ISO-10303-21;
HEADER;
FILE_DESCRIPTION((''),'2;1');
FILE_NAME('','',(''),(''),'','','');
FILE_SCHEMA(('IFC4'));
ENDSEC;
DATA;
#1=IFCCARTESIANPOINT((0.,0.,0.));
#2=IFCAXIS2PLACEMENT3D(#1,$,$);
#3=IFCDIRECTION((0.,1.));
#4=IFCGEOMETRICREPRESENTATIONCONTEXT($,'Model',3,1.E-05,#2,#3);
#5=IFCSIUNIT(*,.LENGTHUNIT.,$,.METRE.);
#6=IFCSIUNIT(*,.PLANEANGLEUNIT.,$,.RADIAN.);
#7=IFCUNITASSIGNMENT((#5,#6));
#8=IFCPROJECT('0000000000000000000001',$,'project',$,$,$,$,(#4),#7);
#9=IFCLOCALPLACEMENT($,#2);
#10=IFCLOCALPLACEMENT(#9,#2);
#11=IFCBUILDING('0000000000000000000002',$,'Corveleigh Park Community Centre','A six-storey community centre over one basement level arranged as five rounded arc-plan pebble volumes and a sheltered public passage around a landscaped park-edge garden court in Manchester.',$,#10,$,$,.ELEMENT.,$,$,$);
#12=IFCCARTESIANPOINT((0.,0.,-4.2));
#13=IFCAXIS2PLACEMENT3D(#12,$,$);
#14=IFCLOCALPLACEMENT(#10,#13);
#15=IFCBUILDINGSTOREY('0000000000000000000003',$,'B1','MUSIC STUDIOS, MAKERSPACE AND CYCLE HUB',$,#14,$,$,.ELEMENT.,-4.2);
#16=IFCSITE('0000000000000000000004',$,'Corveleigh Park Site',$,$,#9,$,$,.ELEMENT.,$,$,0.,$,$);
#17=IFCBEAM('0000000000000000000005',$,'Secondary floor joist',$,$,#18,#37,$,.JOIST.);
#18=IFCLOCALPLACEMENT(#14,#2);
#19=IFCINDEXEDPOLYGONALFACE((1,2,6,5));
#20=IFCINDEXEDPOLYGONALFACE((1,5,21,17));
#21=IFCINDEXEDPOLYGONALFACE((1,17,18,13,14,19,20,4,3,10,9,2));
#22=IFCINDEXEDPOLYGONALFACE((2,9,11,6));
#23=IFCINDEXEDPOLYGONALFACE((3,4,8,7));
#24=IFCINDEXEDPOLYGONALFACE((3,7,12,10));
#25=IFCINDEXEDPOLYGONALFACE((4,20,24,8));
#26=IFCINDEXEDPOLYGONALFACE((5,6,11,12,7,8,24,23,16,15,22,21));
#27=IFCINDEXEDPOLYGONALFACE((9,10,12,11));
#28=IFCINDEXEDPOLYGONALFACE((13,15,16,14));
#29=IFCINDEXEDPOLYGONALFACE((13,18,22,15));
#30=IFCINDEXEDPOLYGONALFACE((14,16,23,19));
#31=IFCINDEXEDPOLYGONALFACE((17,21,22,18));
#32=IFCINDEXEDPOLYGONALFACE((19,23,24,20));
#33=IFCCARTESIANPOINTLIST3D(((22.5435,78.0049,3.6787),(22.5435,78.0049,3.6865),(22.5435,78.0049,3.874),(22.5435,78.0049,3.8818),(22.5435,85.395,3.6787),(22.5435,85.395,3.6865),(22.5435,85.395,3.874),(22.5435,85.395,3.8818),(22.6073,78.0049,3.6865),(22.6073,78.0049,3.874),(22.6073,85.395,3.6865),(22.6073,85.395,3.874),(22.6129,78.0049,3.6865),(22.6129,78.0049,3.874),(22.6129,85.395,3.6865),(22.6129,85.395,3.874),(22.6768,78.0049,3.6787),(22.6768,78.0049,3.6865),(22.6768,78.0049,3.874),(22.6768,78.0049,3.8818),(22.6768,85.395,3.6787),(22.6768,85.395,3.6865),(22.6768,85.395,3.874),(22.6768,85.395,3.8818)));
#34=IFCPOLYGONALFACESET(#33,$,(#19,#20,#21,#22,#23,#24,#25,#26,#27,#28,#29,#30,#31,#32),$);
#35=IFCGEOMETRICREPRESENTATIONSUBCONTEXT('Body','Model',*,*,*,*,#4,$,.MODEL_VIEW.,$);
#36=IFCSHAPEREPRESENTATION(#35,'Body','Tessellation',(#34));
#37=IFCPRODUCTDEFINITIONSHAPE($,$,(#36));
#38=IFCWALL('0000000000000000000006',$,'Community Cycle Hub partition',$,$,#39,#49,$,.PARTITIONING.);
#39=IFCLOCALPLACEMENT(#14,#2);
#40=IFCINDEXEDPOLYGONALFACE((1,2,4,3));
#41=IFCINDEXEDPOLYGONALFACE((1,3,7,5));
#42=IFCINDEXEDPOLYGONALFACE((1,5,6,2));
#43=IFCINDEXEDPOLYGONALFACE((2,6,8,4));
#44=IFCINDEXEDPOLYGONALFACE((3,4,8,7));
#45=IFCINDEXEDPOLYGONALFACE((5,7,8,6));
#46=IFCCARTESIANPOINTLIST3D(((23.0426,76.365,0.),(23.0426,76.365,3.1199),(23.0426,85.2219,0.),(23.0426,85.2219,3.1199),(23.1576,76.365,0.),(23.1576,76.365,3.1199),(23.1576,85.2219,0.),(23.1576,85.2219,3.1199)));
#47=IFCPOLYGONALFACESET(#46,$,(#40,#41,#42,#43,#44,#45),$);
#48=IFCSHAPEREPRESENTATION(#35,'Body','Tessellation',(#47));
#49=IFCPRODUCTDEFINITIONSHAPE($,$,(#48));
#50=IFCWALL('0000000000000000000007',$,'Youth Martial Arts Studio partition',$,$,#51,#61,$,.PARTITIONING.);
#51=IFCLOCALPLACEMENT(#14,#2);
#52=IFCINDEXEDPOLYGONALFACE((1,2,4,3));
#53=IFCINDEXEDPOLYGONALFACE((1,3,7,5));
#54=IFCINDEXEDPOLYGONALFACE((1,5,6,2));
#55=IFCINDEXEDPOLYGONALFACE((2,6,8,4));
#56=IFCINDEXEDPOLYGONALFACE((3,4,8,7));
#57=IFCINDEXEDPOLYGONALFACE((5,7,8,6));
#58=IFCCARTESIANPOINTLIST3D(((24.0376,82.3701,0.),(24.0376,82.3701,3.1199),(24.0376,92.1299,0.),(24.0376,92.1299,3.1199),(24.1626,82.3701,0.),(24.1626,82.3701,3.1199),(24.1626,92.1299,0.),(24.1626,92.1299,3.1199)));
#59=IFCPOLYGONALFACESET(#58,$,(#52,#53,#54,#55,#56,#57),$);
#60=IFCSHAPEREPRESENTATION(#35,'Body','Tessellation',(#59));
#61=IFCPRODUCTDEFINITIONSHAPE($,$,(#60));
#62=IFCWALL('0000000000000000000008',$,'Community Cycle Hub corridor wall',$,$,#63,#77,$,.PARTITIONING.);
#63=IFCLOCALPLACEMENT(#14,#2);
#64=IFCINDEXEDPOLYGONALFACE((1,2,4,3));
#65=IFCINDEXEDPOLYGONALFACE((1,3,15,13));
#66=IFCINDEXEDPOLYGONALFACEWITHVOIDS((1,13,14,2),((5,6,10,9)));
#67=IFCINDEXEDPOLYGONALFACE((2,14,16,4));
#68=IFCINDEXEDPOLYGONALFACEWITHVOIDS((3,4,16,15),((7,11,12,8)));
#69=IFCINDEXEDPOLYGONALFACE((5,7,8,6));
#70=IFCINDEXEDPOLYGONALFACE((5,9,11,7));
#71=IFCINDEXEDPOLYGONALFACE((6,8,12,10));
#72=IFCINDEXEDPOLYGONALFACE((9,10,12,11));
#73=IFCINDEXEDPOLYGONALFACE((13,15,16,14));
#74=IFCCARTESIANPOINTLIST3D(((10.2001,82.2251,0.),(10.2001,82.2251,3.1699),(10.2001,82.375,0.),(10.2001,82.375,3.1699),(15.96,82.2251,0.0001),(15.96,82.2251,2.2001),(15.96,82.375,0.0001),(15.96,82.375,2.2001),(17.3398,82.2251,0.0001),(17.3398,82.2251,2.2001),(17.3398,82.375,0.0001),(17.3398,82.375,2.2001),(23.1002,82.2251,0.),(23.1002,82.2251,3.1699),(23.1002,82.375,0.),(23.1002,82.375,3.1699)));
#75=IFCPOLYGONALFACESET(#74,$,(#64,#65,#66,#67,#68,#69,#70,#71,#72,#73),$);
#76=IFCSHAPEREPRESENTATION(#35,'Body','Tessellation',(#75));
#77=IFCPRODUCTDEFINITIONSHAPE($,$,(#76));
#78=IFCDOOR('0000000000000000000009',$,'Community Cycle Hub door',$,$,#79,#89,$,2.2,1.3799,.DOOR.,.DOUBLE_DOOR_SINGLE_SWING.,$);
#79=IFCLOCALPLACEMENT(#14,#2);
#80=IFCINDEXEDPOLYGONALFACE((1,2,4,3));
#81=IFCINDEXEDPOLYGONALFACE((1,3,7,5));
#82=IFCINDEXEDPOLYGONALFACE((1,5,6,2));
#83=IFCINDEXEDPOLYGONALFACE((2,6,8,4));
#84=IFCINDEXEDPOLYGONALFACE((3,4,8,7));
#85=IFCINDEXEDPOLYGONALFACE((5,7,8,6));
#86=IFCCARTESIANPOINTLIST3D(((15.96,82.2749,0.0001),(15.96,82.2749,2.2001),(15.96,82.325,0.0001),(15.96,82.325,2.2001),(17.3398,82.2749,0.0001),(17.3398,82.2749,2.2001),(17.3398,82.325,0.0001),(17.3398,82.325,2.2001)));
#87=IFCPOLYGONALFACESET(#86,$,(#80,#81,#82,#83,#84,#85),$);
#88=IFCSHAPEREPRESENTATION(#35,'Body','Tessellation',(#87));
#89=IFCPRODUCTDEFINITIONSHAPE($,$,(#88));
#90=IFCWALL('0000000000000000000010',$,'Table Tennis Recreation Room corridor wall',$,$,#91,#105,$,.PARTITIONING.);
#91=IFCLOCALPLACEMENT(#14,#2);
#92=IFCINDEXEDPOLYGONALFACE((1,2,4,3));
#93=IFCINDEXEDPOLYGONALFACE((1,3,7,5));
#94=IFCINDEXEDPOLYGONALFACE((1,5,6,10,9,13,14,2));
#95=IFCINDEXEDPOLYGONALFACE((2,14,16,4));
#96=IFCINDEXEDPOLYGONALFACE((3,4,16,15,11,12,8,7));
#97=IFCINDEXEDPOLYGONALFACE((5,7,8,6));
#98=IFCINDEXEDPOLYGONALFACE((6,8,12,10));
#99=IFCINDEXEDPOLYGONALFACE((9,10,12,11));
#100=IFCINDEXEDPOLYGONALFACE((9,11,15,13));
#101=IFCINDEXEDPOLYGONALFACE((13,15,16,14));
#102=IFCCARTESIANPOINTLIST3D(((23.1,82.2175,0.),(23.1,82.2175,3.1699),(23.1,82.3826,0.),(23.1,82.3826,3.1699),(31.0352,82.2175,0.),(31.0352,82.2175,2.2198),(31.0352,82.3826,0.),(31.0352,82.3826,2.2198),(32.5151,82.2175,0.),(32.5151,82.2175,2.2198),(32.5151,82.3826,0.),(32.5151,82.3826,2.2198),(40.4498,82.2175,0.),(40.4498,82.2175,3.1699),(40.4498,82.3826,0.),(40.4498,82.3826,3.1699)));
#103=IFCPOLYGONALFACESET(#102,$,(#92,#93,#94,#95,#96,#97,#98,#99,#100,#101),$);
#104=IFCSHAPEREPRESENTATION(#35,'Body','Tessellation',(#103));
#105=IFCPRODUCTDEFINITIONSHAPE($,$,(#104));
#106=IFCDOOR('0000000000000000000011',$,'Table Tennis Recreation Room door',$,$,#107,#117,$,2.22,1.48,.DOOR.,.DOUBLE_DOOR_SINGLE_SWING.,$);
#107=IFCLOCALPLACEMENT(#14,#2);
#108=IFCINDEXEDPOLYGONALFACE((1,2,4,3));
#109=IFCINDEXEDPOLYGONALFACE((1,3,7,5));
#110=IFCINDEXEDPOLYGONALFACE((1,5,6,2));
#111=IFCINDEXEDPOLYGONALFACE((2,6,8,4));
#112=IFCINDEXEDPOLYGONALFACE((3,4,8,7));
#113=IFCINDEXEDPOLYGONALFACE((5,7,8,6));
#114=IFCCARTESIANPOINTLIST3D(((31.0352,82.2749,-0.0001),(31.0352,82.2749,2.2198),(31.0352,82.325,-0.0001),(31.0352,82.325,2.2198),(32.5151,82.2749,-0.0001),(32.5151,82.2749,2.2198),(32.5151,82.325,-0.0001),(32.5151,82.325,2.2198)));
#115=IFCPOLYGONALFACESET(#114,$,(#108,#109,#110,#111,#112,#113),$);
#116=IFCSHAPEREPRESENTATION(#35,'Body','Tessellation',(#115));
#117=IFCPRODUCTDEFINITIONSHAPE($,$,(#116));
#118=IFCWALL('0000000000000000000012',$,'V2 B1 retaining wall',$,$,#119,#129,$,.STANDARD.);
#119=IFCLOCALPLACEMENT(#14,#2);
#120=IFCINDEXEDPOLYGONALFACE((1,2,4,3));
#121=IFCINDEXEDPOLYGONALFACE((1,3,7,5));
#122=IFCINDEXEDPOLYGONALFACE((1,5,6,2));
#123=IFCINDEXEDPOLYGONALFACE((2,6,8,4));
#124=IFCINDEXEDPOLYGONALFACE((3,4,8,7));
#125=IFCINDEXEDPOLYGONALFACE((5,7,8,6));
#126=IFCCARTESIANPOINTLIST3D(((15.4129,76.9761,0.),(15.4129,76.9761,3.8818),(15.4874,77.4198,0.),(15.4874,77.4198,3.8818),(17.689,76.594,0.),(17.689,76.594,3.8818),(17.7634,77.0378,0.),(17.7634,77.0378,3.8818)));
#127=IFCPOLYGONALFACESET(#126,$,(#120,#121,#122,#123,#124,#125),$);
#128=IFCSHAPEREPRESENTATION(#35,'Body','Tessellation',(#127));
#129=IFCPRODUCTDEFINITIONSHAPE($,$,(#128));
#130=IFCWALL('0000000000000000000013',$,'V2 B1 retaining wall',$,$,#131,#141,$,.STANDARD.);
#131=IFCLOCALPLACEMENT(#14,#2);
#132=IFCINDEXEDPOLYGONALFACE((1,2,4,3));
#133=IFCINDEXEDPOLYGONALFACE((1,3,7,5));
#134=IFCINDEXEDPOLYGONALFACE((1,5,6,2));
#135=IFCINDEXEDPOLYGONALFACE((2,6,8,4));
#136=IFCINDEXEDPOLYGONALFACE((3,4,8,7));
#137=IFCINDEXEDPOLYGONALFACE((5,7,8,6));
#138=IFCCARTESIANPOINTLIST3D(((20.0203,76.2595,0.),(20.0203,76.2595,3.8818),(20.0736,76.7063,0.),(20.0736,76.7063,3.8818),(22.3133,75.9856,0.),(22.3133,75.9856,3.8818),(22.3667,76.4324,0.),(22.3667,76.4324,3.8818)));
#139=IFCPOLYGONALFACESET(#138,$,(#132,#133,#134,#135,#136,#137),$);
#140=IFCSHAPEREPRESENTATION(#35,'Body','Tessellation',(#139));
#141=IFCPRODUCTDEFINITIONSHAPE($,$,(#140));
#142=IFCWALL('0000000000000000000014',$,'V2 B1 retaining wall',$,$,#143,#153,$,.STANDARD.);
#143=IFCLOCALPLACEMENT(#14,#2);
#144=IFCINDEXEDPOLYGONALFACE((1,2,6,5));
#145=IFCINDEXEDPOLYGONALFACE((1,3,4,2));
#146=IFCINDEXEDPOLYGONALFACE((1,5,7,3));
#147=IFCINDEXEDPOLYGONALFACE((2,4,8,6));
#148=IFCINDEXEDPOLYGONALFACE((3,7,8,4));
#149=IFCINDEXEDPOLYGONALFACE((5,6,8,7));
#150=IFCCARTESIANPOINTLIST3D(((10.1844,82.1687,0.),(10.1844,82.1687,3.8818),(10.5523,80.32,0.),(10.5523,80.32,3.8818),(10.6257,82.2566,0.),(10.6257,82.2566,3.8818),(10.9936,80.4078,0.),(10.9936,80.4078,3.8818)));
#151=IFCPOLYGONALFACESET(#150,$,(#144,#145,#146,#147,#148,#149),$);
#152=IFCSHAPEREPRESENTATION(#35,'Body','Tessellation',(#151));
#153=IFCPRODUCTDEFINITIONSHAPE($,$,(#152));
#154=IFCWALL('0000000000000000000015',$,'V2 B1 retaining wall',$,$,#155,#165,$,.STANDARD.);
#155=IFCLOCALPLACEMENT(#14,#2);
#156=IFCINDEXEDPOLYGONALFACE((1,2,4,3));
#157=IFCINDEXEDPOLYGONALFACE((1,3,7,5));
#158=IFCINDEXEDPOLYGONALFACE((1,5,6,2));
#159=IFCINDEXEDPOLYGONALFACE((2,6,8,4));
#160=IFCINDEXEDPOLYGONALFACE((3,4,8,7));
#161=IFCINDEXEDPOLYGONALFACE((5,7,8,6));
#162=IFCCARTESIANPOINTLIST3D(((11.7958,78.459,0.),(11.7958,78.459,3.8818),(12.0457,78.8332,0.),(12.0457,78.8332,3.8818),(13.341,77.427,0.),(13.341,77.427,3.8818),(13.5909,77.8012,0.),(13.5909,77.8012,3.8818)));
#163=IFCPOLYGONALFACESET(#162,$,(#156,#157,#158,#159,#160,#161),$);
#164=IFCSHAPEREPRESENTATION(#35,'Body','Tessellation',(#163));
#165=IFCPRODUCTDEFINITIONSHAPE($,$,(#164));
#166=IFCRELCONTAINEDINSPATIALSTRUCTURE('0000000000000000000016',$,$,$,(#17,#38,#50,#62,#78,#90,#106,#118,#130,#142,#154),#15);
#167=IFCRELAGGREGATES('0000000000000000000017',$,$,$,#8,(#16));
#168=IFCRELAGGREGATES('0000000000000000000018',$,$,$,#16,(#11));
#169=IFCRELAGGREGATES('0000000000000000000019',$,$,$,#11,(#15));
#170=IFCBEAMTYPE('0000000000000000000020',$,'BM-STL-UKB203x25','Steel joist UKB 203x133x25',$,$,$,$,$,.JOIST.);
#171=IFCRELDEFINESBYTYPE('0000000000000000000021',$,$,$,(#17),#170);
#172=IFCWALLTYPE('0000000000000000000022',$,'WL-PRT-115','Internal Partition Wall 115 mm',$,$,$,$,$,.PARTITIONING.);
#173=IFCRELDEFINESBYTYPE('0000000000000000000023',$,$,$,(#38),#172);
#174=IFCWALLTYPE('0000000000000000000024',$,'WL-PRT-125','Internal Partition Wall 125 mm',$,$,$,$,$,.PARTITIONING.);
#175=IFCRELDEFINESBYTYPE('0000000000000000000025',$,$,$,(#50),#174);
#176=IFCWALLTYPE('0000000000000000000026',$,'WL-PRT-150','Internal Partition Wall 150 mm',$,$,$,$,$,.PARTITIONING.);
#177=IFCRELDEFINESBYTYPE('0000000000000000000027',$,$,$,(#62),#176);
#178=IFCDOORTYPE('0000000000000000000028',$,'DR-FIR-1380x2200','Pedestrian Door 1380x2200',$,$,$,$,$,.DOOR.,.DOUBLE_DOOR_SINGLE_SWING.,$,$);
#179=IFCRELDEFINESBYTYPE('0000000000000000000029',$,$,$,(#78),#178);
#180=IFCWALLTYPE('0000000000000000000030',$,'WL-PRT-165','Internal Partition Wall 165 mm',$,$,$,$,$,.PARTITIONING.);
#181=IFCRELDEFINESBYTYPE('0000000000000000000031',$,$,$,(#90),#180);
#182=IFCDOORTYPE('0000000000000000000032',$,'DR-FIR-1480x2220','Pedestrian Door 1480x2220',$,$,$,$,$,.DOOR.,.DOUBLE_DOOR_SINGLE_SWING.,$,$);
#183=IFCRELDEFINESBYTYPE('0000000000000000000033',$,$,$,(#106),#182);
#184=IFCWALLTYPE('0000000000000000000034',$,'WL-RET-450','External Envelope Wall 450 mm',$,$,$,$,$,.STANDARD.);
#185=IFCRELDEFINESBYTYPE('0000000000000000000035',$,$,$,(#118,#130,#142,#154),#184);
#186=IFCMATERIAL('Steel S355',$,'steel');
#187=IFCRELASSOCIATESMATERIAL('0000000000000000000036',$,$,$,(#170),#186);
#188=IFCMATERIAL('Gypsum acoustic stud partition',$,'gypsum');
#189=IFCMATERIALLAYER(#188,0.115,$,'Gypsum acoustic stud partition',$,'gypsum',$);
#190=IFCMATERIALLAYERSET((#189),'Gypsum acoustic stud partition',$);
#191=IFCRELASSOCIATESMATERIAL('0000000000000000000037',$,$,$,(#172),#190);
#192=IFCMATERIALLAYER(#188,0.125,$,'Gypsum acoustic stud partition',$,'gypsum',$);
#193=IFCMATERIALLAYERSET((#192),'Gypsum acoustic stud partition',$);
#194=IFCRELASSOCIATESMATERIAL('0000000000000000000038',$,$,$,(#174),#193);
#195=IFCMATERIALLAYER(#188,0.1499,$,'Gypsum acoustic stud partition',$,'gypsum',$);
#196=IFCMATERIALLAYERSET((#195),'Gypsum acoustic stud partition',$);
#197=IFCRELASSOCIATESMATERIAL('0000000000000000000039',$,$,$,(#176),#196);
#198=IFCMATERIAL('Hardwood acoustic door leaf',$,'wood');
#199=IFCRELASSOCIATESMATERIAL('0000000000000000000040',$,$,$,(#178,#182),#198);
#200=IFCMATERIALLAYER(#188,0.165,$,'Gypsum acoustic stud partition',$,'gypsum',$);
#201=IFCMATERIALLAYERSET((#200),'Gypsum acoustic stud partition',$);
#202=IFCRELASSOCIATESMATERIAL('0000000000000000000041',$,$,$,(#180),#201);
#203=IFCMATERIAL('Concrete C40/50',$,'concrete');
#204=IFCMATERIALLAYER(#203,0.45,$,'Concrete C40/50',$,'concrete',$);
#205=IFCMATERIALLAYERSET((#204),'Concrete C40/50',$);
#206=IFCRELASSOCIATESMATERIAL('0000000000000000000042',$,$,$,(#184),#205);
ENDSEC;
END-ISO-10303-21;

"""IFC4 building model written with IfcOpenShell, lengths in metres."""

from ifc_helpers import new_model, si_unit, direction, frame, frame_2d, origin, origin_2d, place, context, subcontext, project, spatial, rectangle, i_section, extrude, material, layer, layer_set, material_profile, profile_set, type_object, element, fill, save


model = new_model("IFC4")

# Units and contexts
model_context = context("Model", 3, precision=1e-05, world=origin(), true_north=direction((0.0, 1.0)))
body_context = subcontext(model_context, "Body", "Model", "MODEL_VIEW")
ifc_project = project(units=[si_unit("LENGTHUNIT", "METRE"), si_unit("PLANEANGLEUNIT", "RADIAN")], contexts=[model_context])

# Site, building, storey
site_placement = place(None, origin())
site = spatial("IfcSite", under=ifc_project, at=site_placement, Name="Corveleigh Park Site", CompositionType="ELEMENT", RefElevation=0.0)
building_placement = place(site_placement, origin())
building = spatial("IfcBuilding", under=site, at=building_placement, Name="Corveleigh Park Community Centre", Description="A six-storey community centre over one basement level arranged as five rounded arc-plan pebble volumes and a sheltered public passage around a landscaped park-edge garden court in Manchester.", CompositionType="ELEMENT")
storey_placement = place(building_placement, frame((0.0, 0.0, -4.2)))
storey = spatial("IfcBuildingStorey", under=building, at=storey_placement, Name="B1", Description="MUSIC STUDIOS, MAKERSPACE AND CYCLE HUB", CompositionType="ELEMENT", Elevation=-4.2)

# Shared definitions
ifc_material_1 = material(Name="Concrete C40/50", Category="concrete")

# Shared definitions
ifc_material_2 = material(Name="Steel S355", Category="steel")

# Beam
ifc_material_profile_1 = material_profile(ifc_material_2, i_section(OverallWidth=0.1333, OverallDepth=0.2031, WebThickness=0.0056, FlangeThickness=0.0078, at=origin_2d()), Name="UKB 203x133x25", Category="steel")
ifc_profile_set_1 = profile_set([ifc_material_profile_1], Name="Steel S355")
beam_type_1 = type_object("IfcBeamType", Name="BM-STL-UKB203x25", Description="Steel joist UKB 203x133x25", PredefinedType="JOIST", material=ifc_profile_set_1)
for number, where, z_axis, x_axis, name in (
    (1, (22.6101, 78.0049, 3.7803), (0.0, 1.0, 0.0), (-1.0, 0.0, 0.0), "Secondary floor joist"),
):
    element("IfcBeam", number, at=place(storey_placement, frame(where, z_axis=z_axis, x_axis=x_axis)), inside=storey, type_object=beam_type_1, Name=name, PredefinedType="JOIST", context=body_context, shape_type="SweptSolid", body=[
        extrude(i_section(OverallWidth=0.1333, OverallDepth=0.2031, WebThickness=0.0056, FlangeThickness=0.0078, at=origin_2d()), origin(), (0.0, 0.0, 1.0), 7.3901),
    ])

# Walls
ifc_material_3 = material(Name="Gypsum acoustic stud partition", Category="gypsum")
ifc_layer_1 = layer(ifc_material_3, 0.115, Name="Gypsum acoustic stud partition", Category="gypsum")
ifc_layer_set_1 = layer_set([ifc_layer_1], Name="Gypsum acoustic stud partition")
wall_type_1 = type_object("IfcWallType", Name="WL-PRT-115", Description="Internal Partition Wall 115 mm", PredefinedType="PARTITIONING", material=ifc_layer_set_1)
wall_1_placement = place(storey_placement, frame((23.1001, 76.365, 0.0), z_axis=(0.0, 0.0, 1.0), x_axis=(0.0, 1.0, 0.0)))
element("IfcWall", 2, at=wall_1_placement, inside=storey, type_object=wall_type_1, Name="Community Cycle Hub partition", PredefinedType="PARTITIONING", context=body_context, shape_type="SweptSolid", body=[
    extrude(rectangle(XDim=8.8569, YDim=0.115, at=frame_2d((4.4285, 0.0))), origin(), (0.0, 0.0, 1.0), 3.1199),
])
ifc_layer_2 = layer(ifc_material_3, 0.125, Name="Gypsum acoustic stud partition", Category="gypsum")
ifc_layer_set_2 = layer_set([ifc_layer_2], Name="Gypsum acoustic stud partition")
wall_type_2 = type_object("IfcWallType", Name="WL-PRT-125", Description="Internal Partition Wall 125 mm", PredefinedType="PARTITIONING", material=ifc_layer_set_2)
wall_2_placement = place(storey_placement, frame((24.1001, 82.3701, 0.0), z_axis=(0.0, 0.0, 1.0), x_axis=(0.0, 1.0, 0.0)))
element("IfcWall", 3, at=wall_2_placement, inside=storey, type_object=wall_type_2, Name="Youth Martial Arts Studio partition", PredefinedType="PARTITIONING", context=body_context, shape_type="SweptSolid", body=[
    extrude(rectangle(XDim=9.7598, YDim=0.125, at=frame_2d((4.8799, 0.0))), origin(), (0.0, 0.0, 1.0), 3.1199),
])

# Walls, openings, doors
ifc_layer_3 = layer(ifc_material_3, 0.1499, Name="Gypsum acoustic stud partition", Category="gypsum")
ifc_layer_set_3 = layer_set([ifc_layer_3], Name="Gypsum acoustic stud partition")
wall_type_3 = type_object("IfcWallType", Name="WL-PRT-150", Description="Internal Partition Wall 150 mm", PredefinedType="PARTITIONING", material=ifc_layer_set_3)
wall_3_placement = place(storey_placement, frame((10.2, 82.3, 0.0), z_axis=(0.0, 0.0, 1.0), x_axis=(1.0, 0.0, 0.0)))
wall_3 = element("IfcWall", 4, at=wall_3_placement, inside=storey, type_object=wall_type_3, Name="Community Cycle Hub corridor wall", PredefinedType="PARTITIONING", context=body_context, shape_type="SweptSolid", body=[
    extrude(rectangle(XDim=12.9001, YDim=0.1499, at=frame_2d((6.4502, 0.0))), origin(), (0.0, 0.0, 1.0), 3.1699),
])
opening_1_placement = place(wall_3_placement, frame((5.76, 0.0, 0.0)))
opening_1 = element("IfcOpeningElement", 5, at=opening_1_placement, cuts=wall_3, PredefinedType="OPENING", context=body_context, shape_type="SweptSolid", body=[
    extrude(rectangle(XDim=1.3799, YDim=2.2, at=frame_2d((0.6899, 1.1001))), frame((0.0, 0.085, 0.0), z_axis=(0.0, -1.0, 0.0), x_axis=(1.0, 0.0, 0.0)), (0.0, 0.0, 1.0), 0.1699),
])
ifc_material_4 = material(Name="Hardwood acoustic door leaf", Category="wood")
door_type_1 = type_object("IfcDoorType", Name="DR-FIR-1380x2200", Description="Pedestrian Door 1380x2200", OperationType="DOUBLE_DOOR_SINGLE_SWING", PredefinedType="DOOR", material=ifc_material_4)
door_1_placement = place(opening_1_placement, origin())
door_1 = element("IfcDoor", 6, at=door_1_placement, inside=storey, type_object=door_type_1, Name="Community Cycle Hub door", OperationType="DOUBLE_DOOR_SINGLE_SWING", OverallHeight=2.2, OverallWidth=1.3799, PredefinedType="DOOR", context=body_context, shape_type="SweptSolid", body=[
    extrude(rectangle(XDim=1.3799, YDim=2.2, at=frame_2d((0.6899, 1.1001))), frame((0.0, 0.0249, 0.0), z_axis=(0.0, -1.0, 0.0), x_axis=(1.0, 0.0, 0.0)), (0.0, 0.0, 1.0), 0.05),
])
fill(opening_1, door_1)
ifc_layer_4 = layer(ifc_material_3, 0.165, Name="Gypsum acoustic stud partition", Category="gypsum")
ifc_layer_set_4 = layer_set([ifc_layer_4], Name="Gypsum acoustic stud partition")
wall_type_4 = type_object("IfcWallType", Name="WL-PRT-165", Description="Internal Partition Wall 165 mm", PredefinedType="PARTITIONING", material=ifc_layer_set_4)
wall_4_placement = place(storey_placement, frame((23.1001, 82.3, 0.0), z_axis=(0.0, 0.0, 1.0), x_axis=(1.0, 0.0, 0.0)))
wall_4 = element("IfcWall", 7, at=wall_4_placement, inside=storey, type_object=wall_type_4, Name="Table Tennis Recreation Room corridor wall", PredefinedType="PARTITIONING", context=body_context, shape_type="SweptSolid", body=[
    extrude(rectangle(XDim=17.3499, YDim=0.165, at=frame_2d((8.6748, 0.0))), origin(), (0.0, 0.0, 1.0), 3.1699),
])
opening_2_placement = place(wall_4_placement, frame((7.9351, 0.0, 0.0)))
opening_2 = element("IfcOpeningElement", 8, at=opening_2_placement, cuts=wall_4, PredefinedType="OPENING", context=body_context, shape_type="SweptSolid", body=[
    extrude(rectangle(XDim=1.48, YDim=2.22, at=frame_2d((0.74, 1.1099))), frame((0.0, 0.0925, 0.0), z_axis=(0.0, -1.0, 0.0), x_axis=(1.0, 0.0, 0.0)), (0.0, 0.0, 1.0), 0.1851),
])
door_type_2 = type_object("IfcDoorType", Name="DR-FIR-1480x2220", Description="Pedestrian Door 1480x2220", OperationType="DOUBLE_DOOR_SINGLE_SWING", PredefinedType="DOOR", material=ifc_material_4)
door_2_placement = place(opening_2_placement, origin())
door_2 = element("IfcDoor", 9, at=door_2_placement, inside=storey, type_object=door_type_2, Name="Table Tennis Recreation Room door", OperationType="DOUBLE_DOOR_SINGLE_SWING", OverallHeight=2.22, OverallWidth=1.48, PredefinedType="DOOR", context=body_context, shape_type="SweptSolid", body=[
    extrude(rectangle(XDim=1.48, YDim=2.22, at=frame_2d((0.74, 1.1099))), frame((0.0, 0.0249, 0.0), z_axis=(0.0, -1.0, 0.0), x_axis=(1.0, 0.0, 0.0)), (0.0, 0.0, 1.0), 0.05),
])
fill(opening_2, door_2)

# Walls
ifc_layer_5 = layer(ifc_material_1, 0.45, Name="Concrete C40/50", Category="concrete")
ifc_layer_set_5 = layer_set([ifc_layer_5], Name="Concrete C40/50")
wall_type_5 = type_object("IfcWallType", Name="WL-RET-450", Description="External Envelope Wall 450 mm", PredefinedType="STANDARD", material=ifc_layer_set_5)
wall_5_placement = place(storey_placement, frame((17.7261, 76.8159, 0.0), z_axis=(0.0, 0.0, 1.0), x_axis=(-0.986202, 0.165548, 0.0)))
element("IfcWall", 10, at=wall_5_placement, inside=storey, type_object=wall_type_5, Name="V2 B1 retaining wall", PredefinedType="STANDARD", context=body_context, shape_type="SweptSolid", body=[
    extrude(rectangle(XDim=2.3079, YDim=0.45, at=frame_2d((1.1538, 0.0))), origin(), (0.0, 0.0, 1.0), 3.8818),
])
wall_6_placement = place(storey_placement, frame((22.3401, 76.209, 0.0), z_axis=(0.0, 0.0, 1.0), x_axis=(-0.99294, 0.11862, 0.0)))
element("IfcWall", 11, at=wall_6_placement, inside=storey, type_object=wall_type_5, Name="V2 B1 retaining wall", PredefinedType="STANDARD", context=body_context, shape_type="SweptSolid", body=[
    extrude(rectangle(XDim=2.3093, YDim=0.45, at=frame_2d((1.1548, 0.0))), origin(), (0.0, 0.0, 1.0), 3.8818),
])
wall_7_placement = place(storey_placement, frame((10.7729, 80.364, 0.0), z_axis=(0.0, 0.0, 1.0), x_axis=(-0.19517, 0.98077, 0.0)))
element("IfcWall", 12, at=wall_7_placement, inside=storey, type_object=wall_type_5, Name="V2 B1 retaining wall", PredefinedType="STANDARD", context=body_context, shape_type="SweptSolid", body=[
    extrude(rectangle(XDim=1.885, YDim=0.45, at=frame_2d((0.9424, 0.0))), origin(), (0.0, 0.0, 1.0), 3.8818),
])
wall_8_placement = place(storey_placement, frame((13.4661, 77.614, 0.0), z_axis=(0.0, 0.0, 1.0), x_axis=(-0.831585, 0.555397, 0.0)))
element("IfcWall", 13, at=wall_8_placement, inside=storey, type_object=wall_type_5, Name="V2 B1 retaining wall", PredefinedType="STANDARD", context=body_context, shape_type="SweptSolid", body=[
    extrude(rectangle(XDim=1.8582, YDim=0.45, at=frame_2d((0.9292, 0.0))), origin(), (0.0, 0.0, 1.0), 3.8818),
])

save(model, "model.ifc")
